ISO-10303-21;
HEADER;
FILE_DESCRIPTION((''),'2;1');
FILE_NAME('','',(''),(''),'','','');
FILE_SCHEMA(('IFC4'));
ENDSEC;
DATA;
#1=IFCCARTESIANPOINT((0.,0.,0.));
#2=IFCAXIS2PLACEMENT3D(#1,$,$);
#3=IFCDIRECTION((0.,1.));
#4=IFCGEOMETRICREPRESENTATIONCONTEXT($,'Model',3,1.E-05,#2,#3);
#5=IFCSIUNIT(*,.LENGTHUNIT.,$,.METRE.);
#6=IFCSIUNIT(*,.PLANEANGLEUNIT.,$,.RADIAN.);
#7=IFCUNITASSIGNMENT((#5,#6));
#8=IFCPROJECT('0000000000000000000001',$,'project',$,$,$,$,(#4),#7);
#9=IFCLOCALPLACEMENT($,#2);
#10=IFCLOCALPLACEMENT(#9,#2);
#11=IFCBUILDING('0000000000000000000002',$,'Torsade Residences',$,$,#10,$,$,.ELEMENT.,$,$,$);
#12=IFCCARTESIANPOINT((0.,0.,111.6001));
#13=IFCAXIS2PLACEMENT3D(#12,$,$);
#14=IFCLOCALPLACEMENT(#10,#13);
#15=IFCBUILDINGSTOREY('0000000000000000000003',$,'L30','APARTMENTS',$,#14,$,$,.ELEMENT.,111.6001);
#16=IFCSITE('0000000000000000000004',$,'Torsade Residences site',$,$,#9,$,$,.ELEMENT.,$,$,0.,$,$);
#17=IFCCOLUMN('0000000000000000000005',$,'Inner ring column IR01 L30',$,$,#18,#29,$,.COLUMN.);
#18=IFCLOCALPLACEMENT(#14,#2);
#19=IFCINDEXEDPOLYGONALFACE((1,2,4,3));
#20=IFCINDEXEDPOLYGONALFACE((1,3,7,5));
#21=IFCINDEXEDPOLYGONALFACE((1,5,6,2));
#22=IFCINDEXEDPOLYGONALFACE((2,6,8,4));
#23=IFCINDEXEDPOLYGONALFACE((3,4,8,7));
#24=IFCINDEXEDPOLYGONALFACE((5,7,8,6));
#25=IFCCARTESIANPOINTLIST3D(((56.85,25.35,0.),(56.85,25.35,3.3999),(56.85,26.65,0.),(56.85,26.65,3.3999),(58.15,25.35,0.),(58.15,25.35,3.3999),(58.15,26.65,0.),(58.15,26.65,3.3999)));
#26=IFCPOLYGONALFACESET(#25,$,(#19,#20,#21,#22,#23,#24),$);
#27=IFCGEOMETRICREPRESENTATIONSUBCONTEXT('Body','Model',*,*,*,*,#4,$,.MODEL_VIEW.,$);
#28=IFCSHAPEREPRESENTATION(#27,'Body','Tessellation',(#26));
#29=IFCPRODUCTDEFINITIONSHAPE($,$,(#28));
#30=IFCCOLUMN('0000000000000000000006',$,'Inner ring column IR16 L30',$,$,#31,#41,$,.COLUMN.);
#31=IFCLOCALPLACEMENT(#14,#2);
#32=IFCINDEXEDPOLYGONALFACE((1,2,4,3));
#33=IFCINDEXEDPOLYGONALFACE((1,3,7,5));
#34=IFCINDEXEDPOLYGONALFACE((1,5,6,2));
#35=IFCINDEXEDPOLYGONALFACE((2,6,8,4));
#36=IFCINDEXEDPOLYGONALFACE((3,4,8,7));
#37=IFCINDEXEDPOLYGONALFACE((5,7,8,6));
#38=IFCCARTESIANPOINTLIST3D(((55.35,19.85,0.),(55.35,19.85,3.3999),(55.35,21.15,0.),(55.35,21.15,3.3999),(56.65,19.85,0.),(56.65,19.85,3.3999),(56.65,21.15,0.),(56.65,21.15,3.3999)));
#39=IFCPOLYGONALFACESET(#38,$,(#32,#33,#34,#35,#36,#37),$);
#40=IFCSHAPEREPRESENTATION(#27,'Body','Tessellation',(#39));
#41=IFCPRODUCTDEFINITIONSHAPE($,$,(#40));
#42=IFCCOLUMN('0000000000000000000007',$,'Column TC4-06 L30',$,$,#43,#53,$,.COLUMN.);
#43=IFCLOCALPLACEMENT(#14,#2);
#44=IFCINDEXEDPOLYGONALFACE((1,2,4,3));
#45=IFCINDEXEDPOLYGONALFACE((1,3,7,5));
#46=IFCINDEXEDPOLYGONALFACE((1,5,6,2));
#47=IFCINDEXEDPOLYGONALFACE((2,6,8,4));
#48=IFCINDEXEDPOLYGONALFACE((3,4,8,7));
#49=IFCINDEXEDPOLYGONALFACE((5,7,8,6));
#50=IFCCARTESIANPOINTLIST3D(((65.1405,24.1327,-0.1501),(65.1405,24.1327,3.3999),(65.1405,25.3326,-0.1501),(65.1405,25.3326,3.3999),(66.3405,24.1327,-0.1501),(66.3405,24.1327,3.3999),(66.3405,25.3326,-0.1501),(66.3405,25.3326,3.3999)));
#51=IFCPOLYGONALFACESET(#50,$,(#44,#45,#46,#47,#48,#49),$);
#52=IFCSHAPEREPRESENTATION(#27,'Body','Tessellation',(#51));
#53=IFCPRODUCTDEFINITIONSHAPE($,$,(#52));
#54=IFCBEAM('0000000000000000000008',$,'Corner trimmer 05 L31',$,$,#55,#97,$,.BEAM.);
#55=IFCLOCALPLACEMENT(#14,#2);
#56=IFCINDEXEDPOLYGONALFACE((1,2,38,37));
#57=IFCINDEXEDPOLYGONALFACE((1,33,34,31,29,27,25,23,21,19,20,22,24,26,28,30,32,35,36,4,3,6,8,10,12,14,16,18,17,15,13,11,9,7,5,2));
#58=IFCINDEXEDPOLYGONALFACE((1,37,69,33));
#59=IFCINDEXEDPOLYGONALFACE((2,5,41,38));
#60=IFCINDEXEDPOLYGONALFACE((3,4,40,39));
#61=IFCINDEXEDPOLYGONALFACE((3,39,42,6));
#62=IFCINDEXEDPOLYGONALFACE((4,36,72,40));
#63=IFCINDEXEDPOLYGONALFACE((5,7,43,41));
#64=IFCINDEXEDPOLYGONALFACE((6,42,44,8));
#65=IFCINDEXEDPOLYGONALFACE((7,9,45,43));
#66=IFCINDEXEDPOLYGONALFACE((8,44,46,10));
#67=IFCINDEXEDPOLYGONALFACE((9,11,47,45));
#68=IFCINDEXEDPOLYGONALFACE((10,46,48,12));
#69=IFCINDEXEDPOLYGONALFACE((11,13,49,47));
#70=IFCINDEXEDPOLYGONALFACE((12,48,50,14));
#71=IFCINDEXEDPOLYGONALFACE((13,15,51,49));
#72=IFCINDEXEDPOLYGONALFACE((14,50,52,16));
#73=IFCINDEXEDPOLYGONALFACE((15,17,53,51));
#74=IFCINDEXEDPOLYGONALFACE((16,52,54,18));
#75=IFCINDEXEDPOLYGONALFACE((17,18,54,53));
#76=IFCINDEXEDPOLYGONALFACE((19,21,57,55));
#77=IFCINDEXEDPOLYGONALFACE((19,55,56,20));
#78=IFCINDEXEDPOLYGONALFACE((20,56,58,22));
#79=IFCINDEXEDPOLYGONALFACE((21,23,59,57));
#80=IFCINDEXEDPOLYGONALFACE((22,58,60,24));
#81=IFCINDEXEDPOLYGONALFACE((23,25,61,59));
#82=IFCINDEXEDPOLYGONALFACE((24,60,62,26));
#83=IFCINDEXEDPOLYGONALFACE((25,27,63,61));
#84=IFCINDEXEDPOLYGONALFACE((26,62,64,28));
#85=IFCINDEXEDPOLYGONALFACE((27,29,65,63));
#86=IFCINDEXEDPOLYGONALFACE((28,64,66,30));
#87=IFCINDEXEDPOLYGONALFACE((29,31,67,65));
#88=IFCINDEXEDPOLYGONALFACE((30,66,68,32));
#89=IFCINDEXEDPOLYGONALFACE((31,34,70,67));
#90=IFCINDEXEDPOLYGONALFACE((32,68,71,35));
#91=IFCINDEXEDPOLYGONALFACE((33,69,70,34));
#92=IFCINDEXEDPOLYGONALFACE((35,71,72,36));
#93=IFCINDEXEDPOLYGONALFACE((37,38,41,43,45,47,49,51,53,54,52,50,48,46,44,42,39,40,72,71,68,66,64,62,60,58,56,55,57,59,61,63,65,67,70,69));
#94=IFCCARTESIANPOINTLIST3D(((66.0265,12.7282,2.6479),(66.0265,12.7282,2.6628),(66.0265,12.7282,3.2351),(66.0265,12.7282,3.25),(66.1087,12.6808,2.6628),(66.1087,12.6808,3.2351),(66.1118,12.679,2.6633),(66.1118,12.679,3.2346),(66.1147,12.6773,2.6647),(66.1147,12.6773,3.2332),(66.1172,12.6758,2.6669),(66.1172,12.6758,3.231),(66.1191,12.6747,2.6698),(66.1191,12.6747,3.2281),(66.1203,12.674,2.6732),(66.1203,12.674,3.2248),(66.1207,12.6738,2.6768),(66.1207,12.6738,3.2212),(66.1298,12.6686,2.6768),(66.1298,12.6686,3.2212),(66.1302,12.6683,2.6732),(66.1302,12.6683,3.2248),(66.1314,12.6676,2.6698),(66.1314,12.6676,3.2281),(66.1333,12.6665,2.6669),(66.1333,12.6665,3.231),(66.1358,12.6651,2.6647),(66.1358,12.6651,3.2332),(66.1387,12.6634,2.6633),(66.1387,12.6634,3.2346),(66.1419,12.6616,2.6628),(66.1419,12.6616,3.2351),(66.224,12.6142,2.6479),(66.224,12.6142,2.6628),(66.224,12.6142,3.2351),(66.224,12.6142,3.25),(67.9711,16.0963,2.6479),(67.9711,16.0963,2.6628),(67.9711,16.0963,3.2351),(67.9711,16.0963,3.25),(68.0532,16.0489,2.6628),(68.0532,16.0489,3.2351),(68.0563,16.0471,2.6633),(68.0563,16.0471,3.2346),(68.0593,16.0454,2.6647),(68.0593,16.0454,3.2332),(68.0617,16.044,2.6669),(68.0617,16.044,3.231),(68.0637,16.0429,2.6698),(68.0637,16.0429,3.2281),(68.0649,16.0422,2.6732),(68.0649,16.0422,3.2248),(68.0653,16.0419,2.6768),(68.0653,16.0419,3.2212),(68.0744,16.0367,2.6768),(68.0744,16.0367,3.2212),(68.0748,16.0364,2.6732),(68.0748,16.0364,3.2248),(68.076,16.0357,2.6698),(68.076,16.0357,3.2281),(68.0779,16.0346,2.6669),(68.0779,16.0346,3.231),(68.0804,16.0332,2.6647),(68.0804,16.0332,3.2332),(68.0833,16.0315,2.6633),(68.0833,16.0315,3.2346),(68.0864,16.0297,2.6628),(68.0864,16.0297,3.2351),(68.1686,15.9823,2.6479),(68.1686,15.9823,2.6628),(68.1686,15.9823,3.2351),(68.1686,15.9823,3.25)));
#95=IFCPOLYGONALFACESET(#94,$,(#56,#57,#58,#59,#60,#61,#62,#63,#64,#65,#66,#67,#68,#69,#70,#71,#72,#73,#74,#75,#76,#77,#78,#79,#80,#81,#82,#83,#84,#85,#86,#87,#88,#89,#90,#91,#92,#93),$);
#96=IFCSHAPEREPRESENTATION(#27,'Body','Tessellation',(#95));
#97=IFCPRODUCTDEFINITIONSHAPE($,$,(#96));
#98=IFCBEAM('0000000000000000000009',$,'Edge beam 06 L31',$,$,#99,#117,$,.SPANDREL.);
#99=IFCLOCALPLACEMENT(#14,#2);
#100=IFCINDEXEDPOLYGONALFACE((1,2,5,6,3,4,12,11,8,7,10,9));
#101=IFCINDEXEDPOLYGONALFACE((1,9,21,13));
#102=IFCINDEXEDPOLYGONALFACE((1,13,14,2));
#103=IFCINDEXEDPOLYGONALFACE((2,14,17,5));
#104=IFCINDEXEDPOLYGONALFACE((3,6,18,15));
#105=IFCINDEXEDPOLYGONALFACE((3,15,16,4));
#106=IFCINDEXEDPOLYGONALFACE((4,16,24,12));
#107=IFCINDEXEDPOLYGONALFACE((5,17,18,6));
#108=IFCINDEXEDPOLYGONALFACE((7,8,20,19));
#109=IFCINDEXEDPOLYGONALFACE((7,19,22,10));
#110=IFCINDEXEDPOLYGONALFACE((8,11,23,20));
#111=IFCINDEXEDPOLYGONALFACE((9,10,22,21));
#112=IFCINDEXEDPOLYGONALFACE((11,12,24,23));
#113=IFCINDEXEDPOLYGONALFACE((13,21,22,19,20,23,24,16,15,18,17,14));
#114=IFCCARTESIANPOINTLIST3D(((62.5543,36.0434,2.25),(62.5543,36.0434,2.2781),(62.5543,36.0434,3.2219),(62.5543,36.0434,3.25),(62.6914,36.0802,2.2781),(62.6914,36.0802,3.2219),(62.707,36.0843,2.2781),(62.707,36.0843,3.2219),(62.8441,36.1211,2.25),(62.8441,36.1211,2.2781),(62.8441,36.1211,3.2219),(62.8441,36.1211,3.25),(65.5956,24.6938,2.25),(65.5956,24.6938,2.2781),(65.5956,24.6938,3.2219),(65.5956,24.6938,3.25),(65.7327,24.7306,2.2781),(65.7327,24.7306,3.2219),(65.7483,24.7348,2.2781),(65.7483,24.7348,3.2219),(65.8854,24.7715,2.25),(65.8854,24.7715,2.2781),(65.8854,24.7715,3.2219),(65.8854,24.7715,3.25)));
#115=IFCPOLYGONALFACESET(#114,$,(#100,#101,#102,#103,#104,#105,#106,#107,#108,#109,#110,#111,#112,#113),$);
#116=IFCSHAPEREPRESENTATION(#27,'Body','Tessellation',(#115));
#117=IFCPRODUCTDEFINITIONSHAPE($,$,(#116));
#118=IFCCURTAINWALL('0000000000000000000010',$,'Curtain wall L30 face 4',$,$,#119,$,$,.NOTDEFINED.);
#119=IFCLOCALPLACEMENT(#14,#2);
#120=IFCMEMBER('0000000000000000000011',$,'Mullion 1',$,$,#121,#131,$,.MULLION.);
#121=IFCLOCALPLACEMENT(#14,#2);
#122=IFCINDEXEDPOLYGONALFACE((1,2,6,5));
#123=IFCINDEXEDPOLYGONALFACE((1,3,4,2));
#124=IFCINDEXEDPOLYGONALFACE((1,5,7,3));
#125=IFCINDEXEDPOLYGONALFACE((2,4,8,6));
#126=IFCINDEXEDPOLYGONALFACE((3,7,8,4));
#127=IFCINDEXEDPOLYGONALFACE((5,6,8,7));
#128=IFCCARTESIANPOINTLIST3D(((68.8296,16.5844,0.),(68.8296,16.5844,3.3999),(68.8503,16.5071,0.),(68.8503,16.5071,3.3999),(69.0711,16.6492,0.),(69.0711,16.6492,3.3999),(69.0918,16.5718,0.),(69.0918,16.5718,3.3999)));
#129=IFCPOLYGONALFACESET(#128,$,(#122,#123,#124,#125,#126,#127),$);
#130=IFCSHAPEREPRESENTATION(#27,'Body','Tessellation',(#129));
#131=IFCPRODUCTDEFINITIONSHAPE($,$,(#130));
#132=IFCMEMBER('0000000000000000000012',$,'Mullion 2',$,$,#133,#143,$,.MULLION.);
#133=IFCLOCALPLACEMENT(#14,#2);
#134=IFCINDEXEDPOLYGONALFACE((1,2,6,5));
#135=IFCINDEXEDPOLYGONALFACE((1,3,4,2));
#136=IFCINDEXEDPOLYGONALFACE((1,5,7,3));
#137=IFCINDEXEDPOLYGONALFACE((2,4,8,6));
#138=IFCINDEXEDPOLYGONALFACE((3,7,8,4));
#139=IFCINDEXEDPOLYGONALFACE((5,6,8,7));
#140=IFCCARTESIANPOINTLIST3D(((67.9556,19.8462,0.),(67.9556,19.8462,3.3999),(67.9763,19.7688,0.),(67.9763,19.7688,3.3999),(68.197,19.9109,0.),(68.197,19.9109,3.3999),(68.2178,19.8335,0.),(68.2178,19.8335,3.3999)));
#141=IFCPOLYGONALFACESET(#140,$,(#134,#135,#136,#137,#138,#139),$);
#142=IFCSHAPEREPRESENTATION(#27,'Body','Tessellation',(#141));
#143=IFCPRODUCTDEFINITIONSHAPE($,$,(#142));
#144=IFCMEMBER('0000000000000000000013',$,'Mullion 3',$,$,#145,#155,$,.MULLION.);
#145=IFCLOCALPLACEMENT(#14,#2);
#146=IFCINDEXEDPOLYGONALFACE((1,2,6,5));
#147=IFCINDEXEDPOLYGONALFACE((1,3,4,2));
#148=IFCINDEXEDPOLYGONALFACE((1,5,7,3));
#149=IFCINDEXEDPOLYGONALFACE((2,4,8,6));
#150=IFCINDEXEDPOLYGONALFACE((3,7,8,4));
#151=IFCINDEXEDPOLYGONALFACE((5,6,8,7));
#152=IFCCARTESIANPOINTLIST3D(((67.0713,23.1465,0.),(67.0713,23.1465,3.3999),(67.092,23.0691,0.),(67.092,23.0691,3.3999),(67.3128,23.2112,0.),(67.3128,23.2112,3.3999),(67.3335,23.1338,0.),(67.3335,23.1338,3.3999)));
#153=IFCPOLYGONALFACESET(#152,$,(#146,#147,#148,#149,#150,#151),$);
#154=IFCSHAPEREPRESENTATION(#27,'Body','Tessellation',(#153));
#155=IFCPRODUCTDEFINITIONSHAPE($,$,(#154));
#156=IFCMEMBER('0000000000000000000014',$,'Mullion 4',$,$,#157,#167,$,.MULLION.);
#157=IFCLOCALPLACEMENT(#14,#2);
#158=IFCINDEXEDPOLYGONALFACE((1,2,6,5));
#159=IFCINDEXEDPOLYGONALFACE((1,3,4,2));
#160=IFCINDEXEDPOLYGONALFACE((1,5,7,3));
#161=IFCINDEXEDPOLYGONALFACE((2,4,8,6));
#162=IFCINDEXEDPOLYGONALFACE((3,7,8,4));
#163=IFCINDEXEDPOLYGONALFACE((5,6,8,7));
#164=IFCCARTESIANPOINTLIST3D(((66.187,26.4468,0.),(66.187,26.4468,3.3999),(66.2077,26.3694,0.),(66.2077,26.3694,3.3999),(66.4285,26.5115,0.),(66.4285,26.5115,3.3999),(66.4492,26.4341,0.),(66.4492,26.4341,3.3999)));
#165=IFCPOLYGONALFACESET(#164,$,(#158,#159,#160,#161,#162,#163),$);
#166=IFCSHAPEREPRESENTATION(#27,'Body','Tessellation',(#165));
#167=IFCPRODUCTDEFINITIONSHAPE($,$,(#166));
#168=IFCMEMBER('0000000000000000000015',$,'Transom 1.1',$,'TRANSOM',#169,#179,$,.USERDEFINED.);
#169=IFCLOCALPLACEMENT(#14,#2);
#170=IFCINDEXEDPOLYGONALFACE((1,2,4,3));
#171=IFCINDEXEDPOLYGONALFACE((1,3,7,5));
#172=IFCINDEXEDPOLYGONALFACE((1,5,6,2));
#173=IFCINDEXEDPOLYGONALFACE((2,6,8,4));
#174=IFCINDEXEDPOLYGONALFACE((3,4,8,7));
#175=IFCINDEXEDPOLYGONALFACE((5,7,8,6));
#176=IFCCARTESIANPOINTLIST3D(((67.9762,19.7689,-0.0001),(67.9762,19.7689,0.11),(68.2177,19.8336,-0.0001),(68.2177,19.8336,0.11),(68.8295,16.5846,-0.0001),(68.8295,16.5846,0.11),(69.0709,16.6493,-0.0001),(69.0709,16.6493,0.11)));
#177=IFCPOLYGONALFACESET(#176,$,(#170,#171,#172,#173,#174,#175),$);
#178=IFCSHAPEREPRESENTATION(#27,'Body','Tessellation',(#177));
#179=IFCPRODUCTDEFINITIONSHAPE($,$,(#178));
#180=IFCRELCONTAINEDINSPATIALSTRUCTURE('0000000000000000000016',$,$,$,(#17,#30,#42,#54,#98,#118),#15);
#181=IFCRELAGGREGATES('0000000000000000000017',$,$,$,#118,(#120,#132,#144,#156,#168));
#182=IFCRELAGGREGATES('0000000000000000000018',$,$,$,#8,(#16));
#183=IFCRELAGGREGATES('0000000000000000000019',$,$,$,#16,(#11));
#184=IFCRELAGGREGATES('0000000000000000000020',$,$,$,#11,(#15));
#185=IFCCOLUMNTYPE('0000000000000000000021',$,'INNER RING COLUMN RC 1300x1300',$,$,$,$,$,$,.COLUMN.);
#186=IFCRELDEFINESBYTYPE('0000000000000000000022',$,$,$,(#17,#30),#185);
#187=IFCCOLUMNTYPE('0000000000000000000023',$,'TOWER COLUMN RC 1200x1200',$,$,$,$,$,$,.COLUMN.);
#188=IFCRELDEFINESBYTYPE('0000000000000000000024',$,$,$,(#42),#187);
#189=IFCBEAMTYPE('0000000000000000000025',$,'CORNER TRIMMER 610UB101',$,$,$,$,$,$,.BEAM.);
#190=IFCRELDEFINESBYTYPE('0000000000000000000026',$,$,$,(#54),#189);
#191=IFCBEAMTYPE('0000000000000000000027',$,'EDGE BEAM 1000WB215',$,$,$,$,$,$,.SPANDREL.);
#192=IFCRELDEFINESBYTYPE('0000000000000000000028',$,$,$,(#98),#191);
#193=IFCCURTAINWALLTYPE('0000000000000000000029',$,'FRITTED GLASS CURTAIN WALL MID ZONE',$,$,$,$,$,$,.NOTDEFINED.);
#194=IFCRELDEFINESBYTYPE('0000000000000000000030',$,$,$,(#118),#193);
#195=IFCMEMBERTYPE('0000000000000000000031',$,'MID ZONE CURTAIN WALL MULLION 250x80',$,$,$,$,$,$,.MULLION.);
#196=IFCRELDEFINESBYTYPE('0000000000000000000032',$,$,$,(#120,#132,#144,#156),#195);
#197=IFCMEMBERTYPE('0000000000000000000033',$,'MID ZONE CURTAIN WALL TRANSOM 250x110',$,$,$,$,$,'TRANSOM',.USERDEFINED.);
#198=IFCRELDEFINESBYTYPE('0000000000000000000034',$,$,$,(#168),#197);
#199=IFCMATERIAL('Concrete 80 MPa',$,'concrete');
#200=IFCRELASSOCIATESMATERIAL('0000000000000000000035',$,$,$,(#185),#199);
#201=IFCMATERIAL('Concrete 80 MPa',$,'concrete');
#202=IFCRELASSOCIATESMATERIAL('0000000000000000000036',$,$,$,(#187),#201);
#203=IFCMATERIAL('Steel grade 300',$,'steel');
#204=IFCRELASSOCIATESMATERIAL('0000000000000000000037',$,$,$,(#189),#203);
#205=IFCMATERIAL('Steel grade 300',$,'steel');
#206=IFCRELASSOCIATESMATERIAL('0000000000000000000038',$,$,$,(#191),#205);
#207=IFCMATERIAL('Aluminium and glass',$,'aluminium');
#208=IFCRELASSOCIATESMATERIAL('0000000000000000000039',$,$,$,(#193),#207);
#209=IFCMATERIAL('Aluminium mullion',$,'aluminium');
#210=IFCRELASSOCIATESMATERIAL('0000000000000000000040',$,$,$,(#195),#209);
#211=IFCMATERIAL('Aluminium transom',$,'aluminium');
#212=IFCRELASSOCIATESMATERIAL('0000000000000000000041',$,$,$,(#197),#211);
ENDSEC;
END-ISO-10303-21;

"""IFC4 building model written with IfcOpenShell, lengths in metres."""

from ifc_helpers import new_model, si_unit, direction, frame, origin, origin_2d, place, context, subcontext, project, spatial, rectangle, i_section, extrude, material, material_profile, profile_set, type_object, element, aggregate, save


model = new_model("IFC4")

# Units and contexts
model_context = context("Model", 3, precision=1e-05, world=origin(), true_north=direction((0.0, 1.0)))
body_context = subcontext(model_context, "Body", "Model", "MODEL_VIEW")
ifc_project = project(units=[si_unit("LENGTHUNIT", "METRE"), si_unit("PLANEANGLEUNIT", "RADIAN")], contexts=[model_context])

# Site, building, storey
site_placement = place(None, origin())
site = spatial("IfcSite", under=ifc_project, at=site_placement, Name="Torsade Residences site", CompositionType="ELEMENT", RefElevation=0.0)
building_placement = place(site_placement, origin())
building = spatial("IfcBuilding", under=site, at=building_placement, Name="Torsade Residences", CompositionType="ELEMENT")
storey_placement = place(building_placement, frame((0.0, 0.0, 111.6001)))
storey = spatial("IfcBuildingStorey", under=building, at=storey_placement, Name="L30", Description="APARTMENTS", CompositionType="ELEMENT", Elevation=111.6001)

# Columns
ifc_material_1 = material(Name="Concrete 80 MPa", Category="concrete")
ifc_material_profile_1 = material_profile(ifc_material_1, rectangle(XDim=1.3, YDim=1.3, at=origin_2d()), Name="RC 1300x1300")
ifc_profile_set_1 = profile_set([ifc_material_profile_1], Name="Concrete 80 MPa")
column_type_1 = type_object("IfcColumnType", Name="INNER RING COLUMN RC 1300x1300", PredefinedType="COLUMN", material=ifc_profile_set_1)
for number, where, z_axis, x_axis, name in (
    (1, (57.5, 26.0, 0.0), (0.0, 0.0, 1.0), (1.0, 0.0, 0.0), "Inner ring column IR01 L30"),
    (2, (56.0, 20.5, 0.0), (0.0, 0.0, 1.0), (1.0, 0.0, 0.0), "Inner ring column IR16 L30"),
):
    element("IfcColumn", number, at=place(storey_placement, frame(where, z_axis=z_axis, x_axis=x_axis)), inside=storey, type_object=column_type_1, Name=name, PredefinedType="COLUMN", context=body_context, shape_type="SweptSolid", body=[
        extrude(rectangle(XDim=1.3, YDim=1.3, at=origin_2d()), origin(), (0.0, 0.0, 1.0), 3.3999),
    ])
ifc_material_2 = material(Name="Concrete 80 MPa", Category="concrete")
ifc_material_profile_2 = material_profile(ifc_material_2, rectangle(XDim=1.2, YDim=1.2, at=origin_2d()), Name="RC 1200x1200")
ifc_profile_set_2 = profile_set([ifc_material_profile_2], Name="Concrete 80 MPa")
column_type_2 = type_object("IfcColumnType", Name="TOWER COLUMN RC 1200x1200", PredefinedType="COLUMN", material=ifc_profile_set_2)
column_placement = place(storey_placement, frame((65.7405, 24.7327, -0.1501), z_axis=(0.0, 0.0, 1.0), x_axis=(1.0, 0.0, 0.0)))
element("IfcColumn", 3, at=column_placement, inside=storey, type_object=column_type_2, Name="Column TC4-06 L30", PredefinedType="COLUMN", context=body_context, shape_type="SweptSolid", body=[
    extrude(rectangle(XDim=1.2, YDim=1.2, at=origin_2d()), origin(), (0.0, 0.0, 1.0), 3.55),
])

# Beams
ifc_material_3 = material(Name="Steel grade 300", Category="steel")
ifc_material_profile_3 = material_profile(ifc_material_3, i_section(OverallWidth=0.228, OverallDepth=0.6021, WebThickness=0.0105, FlangeThickness=0.0149, FilletRadius=0.0139, at=origin_2d()), Name="610UB101")
ifc_profile_set_3 = profile_set([ifc_material_profile_3], Name="Steel grade 300")
beam_type_1 = type_object("IfcBeamType", Name="CORNER TRIMMER 610UB101", PredefinedType="BEAM", material=ifc_profile_set_3)
beam_1_placement = place(storey_placement, frame((68.0698, 16.0393, 2.949), z_axis=(-0.499994, -0.866029, 0.0), x_axis=(0.866029, -0.499994, 0.0)))
element("IfcBeam", 4, at=beam_1_placement, inside=storey, type_object=beam_type_1, Name="Corner trimmer 05 L31", PredefinedType="BEAM", context=body_context, shape_type="SweptSolid", body=[
    extrude(i_section(OverallWidth=0.228, OverallDepth=0.6021, WebThickness=0.0105, FlangeThickness=0.0149, FilletRadius=0.0139, at=origin_2d()), origin(), (0.0, 0.0, 1.0), 3.8892),
])
ifc_material_4 = material(Name="Steel grade 300", Category="steel")
ifc_material_profile_4 = material_profile(ifc_material_4, i_section(OverallWidth=0.3, OverallDepth=1.0, WebThickness=0.0161, FlangeThickness=0.0281, at=origin_2d()), Name="1000WB215")
ifc_profile_set_4 = profile_set([ifc_material_profile_4], Name="Steel grade 300")
beam_type_2 = type_object("IfcBeamType", Name="EDGE BEAM 1000WB215", PredefinedType="SPANDREL", material=ifc_profile_set_4)
beam_2_placement = place(storey_placement, frame((65.7405, 24.7327, 2.75), z_axis=(-0.25883, 0.965923, 0.0), x_axis=(-0.965923, -0.25883, 0.0)))
element("IfcBeam", 5, at=beam_2_placement, inside=storey, type_object=beam_type_2, Name="Edge beam 06 L31", PredefinedType="SPANDREL", context=body_context, shape_type="SweptSolid", body=[
    extrude(i_section(OverallWidth=0.3, OverallDepth=1.0, WebThickness=0.0161, FlangeThickness=0.0281, at=origin_2d()), origin(), (0.0, 0.0, 1.0), 11.75),
])

# Curtain wall, members
ifc_material_5 = material(Name="Aluminium and glass", Category="aluminium")
curtain_wall_type = type_object("IfcCurtainWallType", Name="FRITTED GLASS CURTAIN WALL MID ZONE", PredefinedType="NOTDEFINED", material=ifc_material_5)
curtain_wall_placement = place(storey_placement, origin())
curtain_wall = element("IfcCurtainWall", 6, at=curtain_wall_placement, inside=storey, type_object=curtain_wall_type, Name="Curtain wall L30 face 4", PredefinedType="NOTDEFINED")
ifc_material_6 = material(Name="Aluminium mullion", Category="aluminium")
ifc_material_profile_5 = material_profile(ifc_material_6, rectangle(XDim=0.25, YDim=0.0801, at=origin_2d()), Name="MID ZONE CURTAIN WALL MULLION 250x80")
ifc_profile_set_5 = profile_set([ifc_material_profile_5], Name="Aluminium mullion")
member_type_1 = type_object("IfcMemberType", Name="MID ZONE CURTAIN WALL MULLION 250x80", PredefinedType="MULLION", material=ifc_profile_set_5)
member_1_placement = place(storey_placement, frame((68.9607, 16.5781, 0.0), z_axis=(0.0, 0.0, 1.0), x_axis=(-0.965926, -0.258819, 0.0)))
member_1 = element("IfcMember", 7, at=member_1_placement, type_object=member_type_1, Name="Mullion 1", PredefinedType="MULLION", context=body_context, shape_type="SweptSolid", body=[
    extrude(rectangle(XDim=0.25, YDim=0.0801, at=origin_2d()), origin(), (0.0, 0.0, 1.0), 3.3999),
])
member_2_placement = place(storey_placement, frame((68.0867, 19.8398, 0.0), z_axis=(0.0, 0.0, 1.0), x_axis=(-0.965926, -0.258819, 0.0)))
member_2 = element("IfcMember", 8, at=member_2_placement, type_object=member_type_1, Name="Mullion 2", PredefinedType="MULLION", context=body_context, shape_type="SweptSolid", body=[
    extrude(rectangle(XDim=0.25, YDim=0.0801, at=origin_2d()), origin(), (0.0, 0.0, 1.0), 3.3999),
])
member_3_placement = place(storey_placement, frame((67.2024, 23.1401, 0.0), z_axis=(0.0, 0.0, 1.0), x_axis=(-0.965926, -0.258819, 0.0)))
member_3 = element("IfcMember", 9, at=member_3_placement, type_object=member_type_1, Name="Mullion 3", PredefinedType="MULLION", context=body_context, shape_type="SweptSolid", body=[
    extrude(rectangle(XDim=0.25, YDim=0.0801, at=origin_2d()), origin(), (0.0, 0.0, 1.0), 3.3999),
])
member_4_placement = place(storey_placement, frame((66.3181, 26.4404, 0.0), z_axis=(0.0, 0.0, 1.0), x_axis=(-0.965926, -0.258819, 0.0)))
member_4 = element("IfcMember", 10, at=member_4_placement, type_object=member_type_1, Name="Mullion 4", PredefinedType="MULLION", context=body_context, shape_type="SweptSolid", body=[
    extrude(rectangle(XDim=0.25, YDim=0.0801, at=origin_2d()), origin(), (0.0, 0.0, 1.0), 3.3999),
])
ifc_material_7 = material(Name="Aluminium transom", Category="aluminium")
ifc_material_profile_6 = material_profile(ifc_material_7, rectangle(XDim=0.25, YDim=0.1101, at=origin_2d()), Name="MID ZONE CURTAIN WALL TRANSOM 250x110")
ifc_profile_set_6 = profile_set([ifc_material_profile_6], Name="Aluminium transom")
member_type_2 = type_object("IfcMemberType", Name="MID ZONE CURTAIN WALL TRANSOM 250x110", ElementType="TRANSOM", PredefinedType="USERDEFINED", material=ifc_profile_set_6)
member_5_placement = place(storey_placement, frame((68.9502, 16.6169, 0.0549), z_axis=(-0.258829, 0.965923, 0.0), x_axis=(-0.965923, -0.258829, 0.0)))
member_5 = element("IfcMember", 11, at=member_5_placement, type_object=member_type_2, Name="Transom 1.1", ObjectType="TRANSOM", PredefinedType="USERDEFINED", context=body_context, shape_type="SweptSolid", body=[
    extrude(rectangle(XDim=0.25, YDim=0.1101, at=origin_2d()), origin(), (0.0, 0.0, 1.0), 3.2966),
])

aggregate(curtain_wall, [member_1, member_2, member_3, member_4, member_5])

save(model, "model.ifc")
